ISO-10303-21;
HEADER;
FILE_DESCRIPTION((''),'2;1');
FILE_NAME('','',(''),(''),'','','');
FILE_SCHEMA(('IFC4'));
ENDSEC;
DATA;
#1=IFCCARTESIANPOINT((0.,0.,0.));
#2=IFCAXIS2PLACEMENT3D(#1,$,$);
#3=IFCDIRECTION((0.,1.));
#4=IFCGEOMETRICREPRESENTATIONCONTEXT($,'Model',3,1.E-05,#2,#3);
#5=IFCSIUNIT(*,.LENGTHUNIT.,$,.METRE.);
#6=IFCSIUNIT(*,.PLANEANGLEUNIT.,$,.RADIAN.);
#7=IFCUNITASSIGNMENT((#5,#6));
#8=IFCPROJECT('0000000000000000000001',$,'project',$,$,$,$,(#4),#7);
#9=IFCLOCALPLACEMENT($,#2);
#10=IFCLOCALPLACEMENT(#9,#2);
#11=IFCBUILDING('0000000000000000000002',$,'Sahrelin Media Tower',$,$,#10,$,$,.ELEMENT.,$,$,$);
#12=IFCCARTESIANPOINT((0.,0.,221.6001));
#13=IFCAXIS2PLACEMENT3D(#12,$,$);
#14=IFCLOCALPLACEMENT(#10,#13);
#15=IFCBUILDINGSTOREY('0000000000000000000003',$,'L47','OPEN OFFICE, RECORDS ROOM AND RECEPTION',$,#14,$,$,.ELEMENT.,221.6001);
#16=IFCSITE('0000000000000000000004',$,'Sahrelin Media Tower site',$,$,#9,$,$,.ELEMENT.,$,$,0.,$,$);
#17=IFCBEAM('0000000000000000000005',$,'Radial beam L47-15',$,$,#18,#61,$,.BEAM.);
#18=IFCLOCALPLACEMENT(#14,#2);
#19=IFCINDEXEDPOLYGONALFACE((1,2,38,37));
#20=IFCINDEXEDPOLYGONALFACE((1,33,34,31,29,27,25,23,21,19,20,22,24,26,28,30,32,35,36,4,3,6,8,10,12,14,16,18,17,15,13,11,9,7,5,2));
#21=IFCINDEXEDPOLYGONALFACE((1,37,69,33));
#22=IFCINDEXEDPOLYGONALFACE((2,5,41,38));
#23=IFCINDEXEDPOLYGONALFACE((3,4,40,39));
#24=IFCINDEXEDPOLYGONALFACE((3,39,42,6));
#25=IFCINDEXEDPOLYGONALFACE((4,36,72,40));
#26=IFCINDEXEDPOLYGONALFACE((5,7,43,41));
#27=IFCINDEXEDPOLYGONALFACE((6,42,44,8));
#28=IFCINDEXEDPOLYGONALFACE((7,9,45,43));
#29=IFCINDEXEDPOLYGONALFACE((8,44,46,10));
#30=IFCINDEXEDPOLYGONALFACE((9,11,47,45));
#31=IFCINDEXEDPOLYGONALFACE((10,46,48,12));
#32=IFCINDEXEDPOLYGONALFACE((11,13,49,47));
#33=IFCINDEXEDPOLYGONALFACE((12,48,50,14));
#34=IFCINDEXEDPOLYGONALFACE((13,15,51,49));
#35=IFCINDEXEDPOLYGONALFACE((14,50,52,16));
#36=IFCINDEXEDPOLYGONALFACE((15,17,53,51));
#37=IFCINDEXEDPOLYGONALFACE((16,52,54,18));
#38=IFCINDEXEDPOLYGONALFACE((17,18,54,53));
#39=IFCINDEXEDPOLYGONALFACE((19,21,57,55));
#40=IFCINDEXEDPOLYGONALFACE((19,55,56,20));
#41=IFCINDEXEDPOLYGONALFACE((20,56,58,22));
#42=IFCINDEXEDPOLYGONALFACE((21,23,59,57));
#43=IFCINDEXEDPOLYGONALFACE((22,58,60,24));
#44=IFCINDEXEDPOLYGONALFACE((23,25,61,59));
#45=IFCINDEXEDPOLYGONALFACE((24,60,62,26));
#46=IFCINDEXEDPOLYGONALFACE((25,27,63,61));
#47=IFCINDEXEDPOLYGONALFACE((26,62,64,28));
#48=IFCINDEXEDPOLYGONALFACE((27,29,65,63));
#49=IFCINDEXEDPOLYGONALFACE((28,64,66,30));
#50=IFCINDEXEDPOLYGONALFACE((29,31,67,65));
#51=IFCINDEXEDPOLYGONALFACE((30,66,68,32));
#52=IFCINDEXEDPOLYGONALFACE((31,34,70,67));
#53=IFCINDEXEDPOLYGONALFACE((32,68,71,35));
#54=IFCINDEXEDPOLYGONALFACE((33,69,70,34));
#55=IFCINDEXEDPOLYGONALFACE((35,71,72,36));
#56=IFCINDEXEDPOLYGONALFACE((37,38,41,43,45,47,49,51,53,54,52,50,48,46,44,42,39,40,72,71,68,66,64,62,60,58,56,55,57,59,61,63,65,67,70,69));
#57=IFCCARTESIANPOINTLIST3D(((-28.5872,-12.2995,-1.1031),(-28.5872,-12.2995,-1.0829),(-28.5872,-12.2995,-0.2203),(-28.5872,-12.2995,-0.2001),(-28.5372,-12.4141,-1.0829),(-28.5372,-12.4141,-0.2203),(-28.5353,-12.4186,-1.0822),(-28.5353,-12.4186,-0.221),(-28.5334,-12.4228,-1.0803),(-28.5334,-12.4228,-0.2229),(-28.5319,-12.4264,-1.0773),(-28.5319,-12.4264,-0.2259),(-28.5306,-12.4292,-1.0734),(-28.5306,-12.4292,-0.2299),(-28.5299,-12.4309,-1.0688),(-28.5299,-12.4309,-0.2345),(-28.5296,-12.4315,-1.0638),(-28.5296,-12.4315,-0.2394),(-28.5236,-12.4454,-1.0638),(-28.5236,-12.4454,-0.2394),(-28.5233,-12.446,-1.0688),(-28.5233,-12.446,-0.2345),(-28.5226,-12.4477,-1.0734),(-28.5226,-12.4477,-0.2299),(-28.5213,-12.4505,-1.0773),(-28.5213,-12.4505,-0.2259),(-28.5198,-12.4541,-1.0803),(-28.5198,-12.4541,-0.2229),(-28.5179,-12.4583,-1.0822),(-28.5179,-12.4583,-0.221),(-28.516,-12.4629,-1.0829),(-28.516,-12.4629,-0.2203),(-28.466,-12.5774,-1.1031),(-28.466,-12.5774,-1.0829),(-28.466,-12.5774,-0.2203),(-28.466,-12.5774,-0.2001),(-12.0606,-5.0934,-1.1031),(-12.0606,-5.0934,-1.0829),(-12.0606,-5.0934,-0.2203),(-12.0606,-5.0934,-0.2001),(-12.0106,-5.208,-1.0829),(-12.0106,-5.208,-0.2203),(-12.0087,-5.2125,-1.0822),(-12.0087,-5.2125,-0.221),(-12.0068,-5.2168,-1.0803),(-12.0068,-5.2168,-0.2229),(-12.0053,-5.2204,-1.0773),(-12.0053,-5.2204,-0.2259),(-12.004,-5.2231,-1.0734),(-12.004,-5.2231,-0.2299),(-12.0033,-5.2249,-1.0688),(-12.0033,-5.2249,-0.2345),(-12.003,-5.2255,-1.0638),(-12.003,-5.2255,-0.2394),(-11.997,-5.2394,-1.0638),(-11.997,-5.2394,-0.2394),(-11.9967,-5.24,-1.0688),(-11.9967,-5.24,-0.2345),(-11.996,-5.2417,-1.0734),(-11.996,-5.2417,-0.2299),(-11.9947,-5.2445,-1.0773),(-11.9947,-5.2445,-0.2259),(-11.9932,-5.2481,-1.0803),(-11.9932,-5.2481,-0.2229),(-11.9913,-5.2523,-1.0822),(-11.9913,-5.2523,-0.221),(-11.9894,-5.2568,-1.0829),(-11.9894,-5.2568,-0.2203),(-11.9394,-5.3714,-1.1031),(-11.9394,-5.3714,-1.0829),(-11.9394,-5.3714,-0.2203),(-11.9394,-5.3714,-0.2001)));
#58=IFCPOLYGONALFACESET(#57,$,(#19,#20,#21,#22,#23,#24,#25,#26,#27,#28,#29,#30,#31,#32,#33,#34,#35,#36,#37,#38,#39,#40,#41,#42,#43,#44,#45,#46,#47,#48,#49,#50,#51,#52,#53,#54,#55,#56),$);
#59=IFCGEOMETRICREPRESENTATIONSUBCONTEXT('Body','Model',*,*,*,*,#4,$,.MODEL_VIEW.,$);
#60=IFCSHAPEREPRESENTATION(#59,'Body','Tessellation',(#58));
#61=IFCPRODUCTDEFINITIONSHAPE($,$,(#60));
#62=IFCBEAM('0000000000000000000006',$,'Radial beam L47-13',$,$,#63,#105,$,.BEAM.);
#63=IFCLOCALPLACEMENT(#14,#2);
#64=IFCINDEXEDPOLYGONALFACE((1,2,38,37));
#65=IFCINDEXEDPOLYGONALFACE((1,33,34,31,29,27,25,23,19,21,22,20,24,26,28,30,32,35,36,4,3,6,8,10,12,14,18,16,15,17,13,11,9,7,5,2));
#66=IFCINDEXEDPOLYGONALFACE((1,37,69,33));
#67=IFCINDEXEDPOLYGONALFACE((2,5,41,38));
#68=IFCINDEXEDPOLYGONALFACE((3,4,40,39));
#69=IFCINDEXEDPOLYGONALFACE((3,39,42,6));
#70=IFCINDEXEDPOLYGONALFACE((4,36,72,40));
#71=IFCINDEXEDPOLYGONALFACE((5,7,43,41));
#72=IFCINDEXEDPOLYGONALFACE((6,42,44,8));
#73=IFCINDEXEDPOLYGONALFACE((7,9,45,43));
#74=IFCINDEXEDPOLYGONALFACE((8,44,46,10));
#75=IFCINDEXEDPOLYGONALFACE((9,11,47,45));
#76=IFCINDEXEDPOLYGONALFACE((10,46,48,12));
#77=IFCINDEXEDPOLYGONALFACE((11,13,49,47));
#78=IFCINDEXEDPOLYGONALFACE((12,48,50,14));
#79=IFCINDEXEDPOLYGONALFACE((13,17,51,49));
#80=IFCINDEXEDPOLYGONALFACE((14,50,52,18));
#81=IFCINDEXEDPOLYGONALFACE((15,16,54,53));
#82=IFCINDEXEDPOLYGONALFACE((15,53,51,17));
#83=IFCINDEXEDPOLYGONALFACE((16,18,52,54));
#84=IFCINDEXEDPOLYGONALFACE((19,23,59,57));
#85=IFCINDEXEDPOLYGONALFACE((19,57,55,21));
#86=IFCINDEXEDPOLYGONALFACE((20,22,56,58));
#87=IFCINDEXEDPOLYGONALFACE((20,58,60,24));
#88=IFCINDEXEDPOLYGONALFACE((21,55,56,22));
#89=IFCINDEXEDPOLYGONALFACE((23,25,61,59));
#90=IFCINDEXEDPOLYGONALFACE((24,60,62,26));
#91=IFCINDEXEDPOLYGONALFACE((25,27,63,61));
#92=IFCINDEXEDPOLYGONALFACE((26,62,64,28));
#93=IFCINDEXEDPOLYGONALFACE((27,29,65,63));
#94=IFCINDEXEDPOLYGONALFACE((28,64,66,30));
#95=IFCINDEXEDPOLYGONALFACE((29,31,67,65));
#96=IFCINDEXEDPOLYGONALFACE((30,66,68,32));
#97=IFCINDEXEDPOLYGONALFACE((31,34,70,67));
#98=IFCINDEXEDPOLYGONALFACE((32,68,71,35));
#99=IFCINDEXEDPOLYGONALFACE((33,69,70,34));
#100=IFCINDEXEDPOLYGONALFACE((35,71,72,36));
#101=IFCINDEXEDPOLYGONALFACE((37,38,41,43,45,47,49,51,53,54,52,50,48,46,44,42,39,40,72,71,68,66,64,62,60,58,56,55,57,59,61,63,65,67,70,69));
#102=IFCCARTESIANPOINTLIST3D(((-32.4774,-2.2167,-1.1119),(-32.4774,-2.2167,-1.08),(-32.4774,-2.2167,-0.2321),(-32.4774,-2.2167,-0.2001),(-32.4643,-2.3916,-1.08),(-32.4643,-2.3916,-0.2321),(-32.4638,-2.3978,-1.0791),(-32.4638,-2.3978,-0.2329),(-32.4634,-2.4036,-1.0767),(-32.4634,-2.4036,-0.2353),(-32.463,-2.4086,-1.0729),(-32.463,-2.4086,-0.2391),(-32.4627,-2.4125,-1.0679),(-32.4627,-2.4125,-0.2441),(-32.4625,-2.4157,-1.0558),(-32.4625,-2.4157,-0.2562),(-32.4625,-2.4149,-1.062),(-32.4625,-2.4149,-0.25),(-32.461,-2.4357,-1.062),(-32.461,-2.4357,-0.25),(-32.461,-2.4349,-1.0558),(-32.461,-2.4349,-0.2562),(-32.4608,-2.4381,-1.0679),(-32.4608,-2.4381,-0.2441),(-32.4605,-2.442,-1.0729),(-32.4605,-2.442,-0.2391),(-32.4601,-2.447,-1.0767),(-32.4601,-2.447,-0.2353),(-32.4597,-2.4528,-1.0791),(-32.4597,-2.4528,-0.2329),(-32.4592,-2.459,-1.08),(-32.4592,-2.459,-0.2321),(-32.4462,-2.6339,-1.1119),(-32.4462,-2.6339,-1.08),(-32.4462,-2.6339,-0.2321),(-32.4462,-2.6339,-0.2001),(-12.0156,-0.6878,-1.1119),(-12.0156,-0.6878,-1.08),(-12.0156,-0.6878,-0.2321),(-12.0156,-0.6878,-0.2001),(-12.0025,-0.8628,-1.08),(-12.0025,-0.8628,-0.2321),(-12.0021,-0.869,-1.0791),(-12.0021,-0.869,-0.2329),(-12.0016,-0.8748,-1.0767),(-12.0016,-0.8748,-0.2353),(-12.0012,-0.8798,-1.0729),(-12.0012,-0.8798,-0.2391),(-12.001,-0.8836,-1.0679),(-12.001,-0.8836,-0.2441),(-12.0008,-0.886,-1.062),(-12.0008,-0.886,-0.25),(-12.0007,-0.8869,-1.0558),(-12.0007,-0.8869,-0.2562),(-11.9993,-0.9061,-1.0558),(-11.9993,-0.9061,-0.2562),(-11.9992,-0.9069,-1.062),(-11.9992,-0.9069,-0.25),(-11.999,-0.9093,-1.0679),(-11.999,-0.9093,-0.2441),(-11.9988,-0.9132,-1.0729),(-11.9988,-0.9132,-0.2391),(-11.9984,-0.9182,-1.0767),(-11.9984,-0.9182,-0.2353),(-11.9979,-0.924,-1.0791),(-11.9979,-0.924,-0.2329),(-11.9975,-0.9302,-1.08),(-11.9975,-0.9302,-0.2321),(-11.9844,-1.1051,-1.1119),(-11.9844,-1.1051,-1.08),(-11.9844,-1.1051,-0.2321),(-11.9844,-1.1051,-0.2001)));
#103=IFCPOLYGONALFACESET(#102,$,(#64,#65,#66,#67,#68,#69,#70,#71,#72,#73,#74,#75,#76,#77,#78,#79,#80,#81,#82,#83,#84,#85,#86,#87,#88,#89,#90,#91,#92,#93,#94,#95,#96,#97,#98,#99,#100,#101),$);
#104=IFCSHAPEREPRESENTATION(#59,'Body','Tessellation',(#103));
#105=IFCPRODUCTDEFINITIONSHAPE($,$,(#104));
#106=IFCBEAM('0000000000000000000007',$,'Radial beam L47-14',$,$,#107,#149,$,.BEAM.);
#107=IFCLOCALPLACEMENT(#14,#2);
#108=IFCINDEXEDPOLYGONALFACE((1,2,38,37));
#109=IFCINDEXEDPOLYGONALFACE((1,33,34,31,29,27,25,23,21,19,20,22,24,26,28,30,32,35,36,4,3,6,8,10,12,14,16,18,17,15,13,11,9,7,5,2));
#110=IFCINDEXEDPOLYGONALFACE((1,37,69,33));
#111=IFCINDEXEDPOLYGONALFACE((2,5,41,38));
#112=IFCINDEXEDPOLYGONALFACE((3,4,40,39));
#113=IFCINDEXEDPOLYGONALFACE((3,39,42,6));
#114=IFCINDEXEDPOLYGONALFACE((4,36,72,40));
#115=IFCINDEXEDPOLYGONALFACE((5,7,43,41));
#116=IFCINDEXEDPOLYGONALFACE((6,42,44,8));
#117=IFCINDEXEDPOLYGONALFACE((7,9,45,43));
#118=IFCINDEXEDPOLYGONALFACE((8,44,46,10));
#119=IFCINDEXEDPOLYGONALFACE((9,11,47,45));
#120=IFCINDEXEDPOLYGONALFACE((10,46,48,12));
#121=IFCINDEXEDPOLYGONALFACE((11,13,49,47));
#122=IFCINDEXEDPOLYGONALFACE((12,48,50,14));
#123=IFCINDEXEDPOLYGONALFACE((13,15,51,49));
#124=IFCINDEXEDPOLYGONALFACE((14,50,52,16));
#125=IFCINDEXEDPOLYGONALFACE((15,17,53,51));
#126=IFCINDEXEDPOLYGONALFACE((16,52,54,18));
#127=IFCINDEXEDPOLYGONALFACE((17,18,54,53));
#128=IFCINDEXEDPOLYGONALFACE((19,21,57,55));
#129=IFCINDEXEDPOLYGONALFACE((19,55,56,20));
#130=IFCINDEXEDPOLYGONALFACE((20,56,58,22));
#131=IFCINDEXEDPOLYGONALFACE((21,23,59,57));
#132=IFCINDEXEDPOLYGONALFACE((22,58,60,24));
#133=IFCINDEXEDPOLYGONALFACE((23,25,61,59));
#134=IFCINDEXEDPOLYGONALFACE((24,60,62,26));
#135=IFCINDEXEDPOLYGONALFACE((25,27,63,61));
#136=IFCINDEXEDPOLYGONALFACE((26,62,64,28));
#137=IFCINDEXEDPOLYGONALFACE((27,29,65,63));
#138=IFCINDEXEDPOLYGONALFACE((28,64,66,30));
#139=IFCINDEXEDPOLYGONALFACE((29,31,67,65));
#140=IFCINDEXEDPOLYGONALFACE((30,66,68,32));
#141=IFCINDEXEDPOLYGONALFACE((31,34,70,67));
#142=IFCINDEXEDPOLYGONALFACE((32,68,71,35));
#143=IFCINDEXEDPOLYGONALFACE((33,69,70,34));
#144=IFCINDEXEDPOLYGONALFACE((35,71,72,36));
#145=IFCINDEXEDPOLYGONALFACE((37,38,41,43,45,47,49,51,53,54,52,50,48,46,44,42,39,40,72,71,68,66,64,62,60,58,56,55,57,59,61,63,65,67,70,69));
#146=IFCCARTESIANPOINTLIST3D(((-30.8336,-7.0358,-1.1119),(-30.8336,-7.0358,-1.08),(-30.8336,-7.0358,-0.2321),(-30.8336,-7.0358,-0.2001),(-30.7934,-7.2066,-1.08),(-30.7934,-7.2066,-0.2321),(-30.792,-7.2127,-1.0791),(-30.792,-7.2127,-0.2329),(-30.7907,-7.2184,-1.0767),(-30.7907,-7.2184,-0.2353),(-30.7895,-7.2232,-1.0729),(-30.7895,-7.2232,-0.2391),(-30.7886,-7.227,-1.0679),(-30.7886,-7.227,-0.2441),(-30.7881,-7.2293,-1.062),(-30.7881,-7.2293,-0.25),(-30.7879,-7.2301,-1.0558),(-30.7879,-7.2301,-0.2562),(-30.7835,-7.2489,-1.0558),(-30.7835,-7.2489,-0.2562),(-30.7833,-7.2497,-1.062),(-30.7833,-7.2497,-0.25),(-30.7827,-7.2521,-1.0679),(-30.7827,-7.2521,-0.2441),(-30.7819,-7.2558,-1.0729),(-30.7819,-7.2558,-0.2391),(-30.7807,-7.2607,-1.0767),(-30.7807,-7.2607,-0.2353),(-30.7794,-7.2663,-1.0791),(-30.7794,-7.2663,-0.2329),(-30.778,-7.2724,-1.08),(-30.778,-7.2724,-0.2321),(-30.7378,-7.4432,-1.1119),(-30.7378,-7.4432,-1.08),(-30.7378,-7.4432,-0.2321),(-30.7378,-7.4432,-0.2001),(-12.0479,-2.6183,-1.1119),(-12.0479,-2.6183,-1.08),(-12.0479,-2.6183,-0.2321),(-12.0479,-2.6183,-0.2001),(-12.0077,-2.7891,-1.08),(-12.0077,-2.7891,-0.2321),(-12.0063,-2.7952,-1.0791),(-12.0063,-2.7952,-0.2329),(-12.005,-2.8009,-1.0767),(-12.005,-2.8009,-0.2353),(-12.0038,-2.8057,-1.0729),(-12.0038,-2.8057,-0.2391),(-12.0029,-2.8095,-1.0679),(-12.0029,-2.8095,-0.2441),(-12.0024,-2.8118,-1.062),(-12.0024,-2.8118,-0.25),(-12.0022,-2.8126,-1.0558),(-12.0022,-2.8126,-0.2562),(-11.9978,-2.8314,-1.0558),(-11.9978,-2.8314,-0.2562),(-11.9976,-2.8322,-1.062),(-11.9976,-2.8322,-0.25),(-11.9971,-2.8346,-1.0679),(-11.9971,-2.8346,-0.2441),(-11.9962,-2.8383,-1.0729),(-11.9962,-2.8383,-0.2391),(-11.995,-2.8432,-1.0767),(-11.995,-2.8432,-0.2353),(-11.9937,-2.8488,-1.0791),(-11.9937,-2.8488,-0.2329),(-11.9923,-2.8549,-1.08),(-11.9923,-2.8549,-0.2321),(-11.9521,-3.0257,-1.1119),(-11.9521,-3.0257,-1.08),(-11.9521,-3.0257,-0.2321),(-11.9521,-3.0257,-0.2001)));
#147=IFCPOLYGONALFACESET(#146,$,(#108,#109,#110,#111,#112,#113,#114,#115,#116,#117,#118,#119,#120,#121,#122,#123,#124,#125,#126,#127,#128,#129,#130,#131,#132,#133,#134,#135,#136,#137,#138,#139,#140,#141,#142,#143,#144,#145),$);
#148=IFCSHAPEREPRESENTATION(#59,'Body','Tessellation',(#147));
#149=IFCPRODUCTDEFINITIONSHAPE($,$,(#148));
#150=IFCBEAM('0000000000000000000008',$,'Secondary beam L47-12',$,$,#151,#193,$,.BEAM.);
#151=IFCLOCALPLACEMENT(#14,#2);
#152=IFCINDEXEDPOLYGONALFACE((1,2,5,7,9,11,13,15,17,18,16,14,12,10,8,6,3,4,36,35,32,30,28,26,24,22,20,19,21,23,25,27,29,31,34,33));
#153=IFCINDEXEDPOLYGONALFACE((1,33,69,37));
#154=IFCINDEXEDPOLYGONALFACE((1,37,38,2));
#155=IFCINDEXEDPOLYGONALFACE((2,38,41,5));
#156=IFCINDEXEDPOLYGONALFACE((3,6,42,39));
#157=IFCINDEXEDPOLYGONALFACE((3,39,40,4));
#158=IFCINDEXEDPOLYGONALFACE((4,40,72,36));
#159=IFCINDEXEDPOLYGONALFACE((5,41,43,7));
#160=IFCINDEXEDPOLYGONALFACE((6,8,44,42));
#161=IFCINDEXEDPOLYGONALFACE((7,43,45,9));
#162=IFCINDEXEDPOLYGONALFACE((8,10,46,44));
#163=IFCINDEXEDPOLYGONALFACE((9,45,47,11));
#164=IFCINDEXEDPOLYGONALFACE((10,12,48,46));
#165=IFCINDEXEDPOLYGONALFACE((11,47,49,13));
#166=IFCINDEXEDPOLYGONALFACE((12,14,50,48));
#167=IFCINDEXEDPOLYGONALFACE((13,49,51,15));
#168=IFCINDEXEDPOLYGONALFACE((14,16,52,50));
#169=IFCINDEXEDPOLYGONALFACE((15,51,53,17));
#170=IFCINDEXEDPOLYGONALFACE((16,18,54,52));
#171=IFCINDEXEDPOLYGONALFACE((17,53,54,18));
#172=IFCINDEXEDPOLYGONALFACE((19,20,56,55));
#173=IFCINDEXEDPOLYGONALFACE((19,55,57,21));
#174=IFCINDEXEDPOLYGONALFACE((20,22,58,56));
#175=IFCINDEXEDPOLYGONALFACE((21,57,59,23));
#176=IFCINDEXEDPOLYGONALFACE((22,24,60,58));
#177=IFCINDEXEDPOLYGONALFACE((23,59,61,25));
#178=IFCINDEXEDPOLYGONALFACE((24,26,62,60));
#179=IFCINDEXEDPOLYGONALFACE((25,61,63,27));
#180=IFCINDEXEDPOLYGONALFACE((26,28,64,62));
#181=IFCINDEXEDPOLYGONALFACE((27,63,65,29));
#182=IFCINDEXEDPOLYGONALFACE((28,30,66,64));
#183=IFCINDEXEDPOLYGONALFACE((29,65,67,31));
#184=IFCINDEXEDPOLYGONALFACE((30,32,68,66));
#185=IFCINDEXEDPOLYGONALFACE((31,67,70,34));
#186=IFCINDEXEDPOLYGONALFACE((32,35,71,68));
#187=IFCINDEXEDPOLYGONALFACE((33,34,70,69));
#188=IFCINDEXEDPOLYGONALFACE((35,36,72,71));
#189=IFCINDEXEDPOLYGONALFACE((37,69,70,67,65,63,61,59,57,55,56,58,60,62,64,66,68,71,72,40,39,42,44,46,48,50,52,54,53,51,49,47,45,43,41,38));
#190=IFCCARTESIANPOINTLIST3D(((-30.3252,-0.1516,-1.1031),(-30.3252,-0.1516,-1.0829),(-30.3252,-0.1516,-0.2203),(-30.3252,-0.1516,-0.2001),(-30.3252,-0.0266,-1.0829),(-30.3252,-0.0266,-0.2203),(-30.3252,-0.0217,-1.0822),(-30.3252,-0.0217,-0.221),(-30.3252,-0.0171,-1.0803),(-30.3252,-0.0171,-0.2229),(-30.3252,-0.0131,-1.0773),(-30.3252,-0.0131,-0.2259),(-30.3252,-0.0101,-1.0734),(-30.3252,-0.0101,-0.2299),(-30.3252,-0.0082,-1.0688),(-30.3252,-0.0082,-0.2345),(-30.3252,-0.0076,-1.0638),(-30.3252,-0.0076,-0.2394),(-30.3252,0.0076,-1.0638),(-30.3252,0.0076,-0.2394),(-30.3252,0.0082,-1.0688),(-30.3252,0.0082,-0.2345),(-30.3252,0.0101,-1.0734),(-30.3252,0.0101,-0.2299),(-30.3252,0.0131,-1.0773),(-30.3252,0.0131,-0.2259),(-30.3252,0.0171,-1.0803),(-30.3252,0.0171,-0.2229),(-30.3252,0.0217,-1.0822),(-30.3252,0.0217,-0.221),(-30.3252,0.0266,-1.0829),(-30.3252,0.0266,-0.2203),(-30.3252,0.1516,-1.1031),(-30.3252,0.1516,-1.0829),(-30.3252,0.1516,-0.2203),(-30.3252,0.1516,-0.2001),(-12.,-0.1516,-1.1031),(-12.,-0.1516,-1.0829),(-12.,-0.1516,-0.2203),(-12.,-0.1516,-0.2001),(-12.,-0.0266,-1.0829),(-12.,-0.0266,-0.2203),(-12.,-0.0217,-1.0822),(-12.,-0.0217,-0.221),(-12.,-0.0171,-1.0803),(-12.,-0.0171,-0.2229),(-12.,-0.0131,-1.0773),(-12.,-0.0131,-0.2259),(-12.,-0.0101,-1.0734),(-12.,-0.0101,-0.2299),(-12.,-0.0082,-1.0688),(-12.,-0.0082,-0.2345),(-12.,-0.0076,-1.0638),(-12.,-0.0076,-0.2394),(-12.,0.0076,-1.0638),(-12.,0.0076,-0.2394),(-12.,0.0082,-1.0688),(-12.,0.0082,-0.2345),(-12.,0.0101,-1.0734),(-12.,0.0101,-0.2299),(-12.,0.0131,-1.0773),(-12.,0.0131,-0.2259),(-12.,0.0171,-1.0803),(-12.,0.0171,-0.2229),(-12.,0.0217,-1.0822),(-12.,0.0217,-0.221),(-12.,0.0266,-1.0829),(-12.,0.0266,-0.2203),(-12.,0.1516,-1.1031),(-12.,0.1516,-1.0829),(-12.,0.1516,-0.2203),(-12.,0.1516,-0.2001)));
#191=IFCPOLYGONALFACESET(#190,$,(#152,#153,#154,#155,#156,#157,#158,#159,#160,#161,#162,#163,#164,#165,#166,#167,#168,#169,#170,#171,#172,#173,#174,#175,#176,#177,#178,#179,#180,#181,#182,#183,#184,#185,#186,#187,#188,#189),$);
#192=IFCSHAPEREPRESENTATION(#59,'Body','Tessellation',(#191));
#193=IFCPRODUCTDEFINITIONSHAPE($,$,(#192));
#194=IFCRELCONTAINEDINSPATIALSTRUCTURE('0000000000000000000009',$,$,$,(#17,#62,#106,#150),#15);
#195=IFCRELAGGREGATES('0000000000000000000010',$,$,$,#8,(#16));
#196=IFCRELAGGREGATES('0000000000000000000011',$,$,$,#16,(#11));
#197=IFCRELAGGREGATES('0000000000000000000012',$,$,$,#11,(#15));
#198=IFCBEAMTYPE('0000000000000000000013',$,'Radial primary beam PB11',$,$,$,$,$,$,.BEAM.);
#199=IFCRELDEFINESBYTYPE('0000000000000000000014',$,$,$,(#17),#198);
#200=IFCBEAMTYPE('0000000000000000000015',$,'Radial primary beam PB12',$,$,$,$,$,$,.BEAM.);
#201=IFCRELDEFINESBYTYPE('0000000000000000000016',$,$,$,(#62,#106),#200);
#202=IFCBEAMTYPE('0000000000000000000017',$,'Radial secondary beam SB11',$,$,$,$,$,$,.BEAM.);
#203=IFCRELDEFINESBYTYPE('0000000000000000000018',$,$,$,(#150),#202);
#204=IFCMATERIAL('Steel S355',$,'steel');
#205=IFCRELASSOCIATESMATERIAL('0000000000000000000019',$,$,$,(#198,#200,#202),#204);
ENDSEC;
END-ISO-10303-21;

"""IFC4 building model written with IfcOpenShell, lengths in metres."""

from ifc_helpers import new_model, si_unit, direction, frame, origin, origin_2d, place, context, subcontext, project, spatial, i_section, extrude, material, material_profile, profile_set, type_object, element, save


model = new_model("IFC4")

# Units and contexts
model_context = context("Model", 3, precision=1e-05, world=origin(), true_north=direction((0.0, 1.0)))
body_context = subcontext(model_context, "Body", "Model", "MODEL_VIEW")
ifc_project = project(units=[si_unit("LENGTHUNIT", "METRE"), si_unit("PLANEANGLEUNIT", "RADIAN")], contexts=[model_context])

# Site, building, storey
site_placement = place(None, origin())
site = spatial("IfcSite", under=ifc_project, at=site_placement, Name="Sahrelin Media Tower site", CompositionType="ELEMENT", RefElevation=0.0)
building_placement = place(site_placement, origin())
building = spatial("IfcBuilding", under=site, at=building_placement, Name="Sahrelin Media Tower", CompositionType="ELEMENT")
storey_placement = place(building_placement, frame((0.0, 0.0, 221.6001)))
storey = spatial("IfcBuildingStorey", under=building, at=storey_placement, Name="L47", Description="OPEN OFFICE, RECORDS ROOM AND RECEPTION", CompositionType="ELEMENT", Elevation=221.6001)

# Beams
ifc_material_1 = material(Name="Steel S355", Category="steel")
ifc_material_profile_1 = material_profile(ifc_material_1, i_section(OverallWidth=0.3032, OverallDepth=0.9031, WebThickness=0.0151, FlangeThickness=0.0203, FilletRadius=0.019, at=origin_2d()), Name="UB 914x305x201")
ifc_profile_set_1 = profile_set([ifc_material_profile_1], Name="Steel S355")
beam_type_1 = type_object("IfcBeamType", Name="Radial primary beam PB11", PredefinedType="BEAM", material=ifc_profile_set_1)
beam_1_placement = place(storey_placement, frame((-12.0, -5.2324, -0.6516), z_axis=(-0.916652, -0.399685, 0.0), x_axis=(0.399685, -0.916652, 0.0)))
element("IfcBeam", 1, at=beam_1_placement, inside=storey, type_object=beam_type_1, Name="Radial beam L47-15", PredefinedType="BEAM", context=body_context, shape_type="SweptSolid", body=[
    extrude(i_section(OverallWidth=0.3032, OverallDepth=0.9031, WebThickness=0.0151, FlangeThickness=0.0203, FilletRadius=0.019, at=origin_2d()), origin(), (0.0, 0.0, 1.0), 18.0293),
])
ifc_material_profile_2 = material_profile(ifc_material_1, i_section(OverallWidth=0.4185, OverallDepth=0.9119, WebThickness=0.0193, FlangeThickness=0.032, FilletRadius=0.0242, at=origin_2d()), Name="UB 914x419x343")
ifc_profile_set_2 = profile_set([ifc_material_profile_2], Name="Steel S355")
beam_type_2 = type_object("IfcBeamType", Name="Radial primary beam PB12", PredefinedType="BEAM", material=ifc_profile_set_2)
beam_2_placement = place(storey_placement, frame((-12.0, -0.8965, -0.656), z_axis=(-0.99722, -0.074508, 0.0), x_axis=(0.074508, -0.99722, 0.0)))
element("IfcBeam", 2, at=beam_2_placement, inside=storey, type_object=beam_type_2, Name="Radial beam L47-13", PredefinedType="BEAM", context=body_context, shape_type="SweptSolid", body=[
    extrude(i_section(OverallWidth=0.4185, OverallDepth=0.9119, WebThickness=0.0193, FlangeThickness=0.032, FilletRadius=0.0242, at=origin_2d()), origin(), (0.0, 0.0, 1.0), 20.5188),
])
beam_3_placement = place(storey_placement, frame((-12.0, -2.822, -0.656), z_axis=(-0.973448, -0.228908, 0.0), x_axis=(0.228908, -0.973448, 0.0)))
element("IfcBeam", 3, at=beam_3_placement, inside=storey, type_object=beam_type_2, Name="Radial beam L47-14", PredefinedType="BEAM", context=body_context, shape_type="SweptSolid", body=[
    extrude(i_section(OverallWidth=0.4185, OverallDepth=0.9119, WebThickness=0.0193, FlangeThickness=0.032, FilletRadius=0.0242, at=origin_2d()), origin(), (0.0, 0.0, 1.0), 19.2981),
])
ifc_material_profile_3 = material_profile(ifc_material_1, i_section(OverallWidth=0.3032, OverallDepth=0.9031, WebThickness=0.0151, FlangeThickness=0.0203, FilletRadius=0.019, at=origin_2d()), Name="UB 914x305x201")
ifc_profile_set_3 = profile_set([ifc_material_profile_3], Name="Steel S355")
beam_type_3 = type_object("IfcBeamType", Name="Radial secondary beam SB11", PredefinedType="BEAM", material=ifc_profile_set_3)
beam_4_placement = place(storey_placement, frame((-12.0, 0.0, -0.6516), z_axis=(-1.0, 0.0, 0.0), x_axis=(0.0, -1.0, 0.0)))
element("IfcBeam", 4, at=beam_4_placement, inside=storey, type_object=beam_type_3, Name="Secondary beam L47-12", PredefinedType="BEAM", context=body_context, shape_type="SweptSolid", body=[
    extrude(i_section(OverallWidth=0.3032, OverallDepth=0.9031, WebThickness=0.0151, FlangeThickness=0.0203, FilletRadius=0.019, at=origin_2d()), origin(), (0.0, 0.0, 1.0), 18.3252),
])

save(model, "model.ifc")
